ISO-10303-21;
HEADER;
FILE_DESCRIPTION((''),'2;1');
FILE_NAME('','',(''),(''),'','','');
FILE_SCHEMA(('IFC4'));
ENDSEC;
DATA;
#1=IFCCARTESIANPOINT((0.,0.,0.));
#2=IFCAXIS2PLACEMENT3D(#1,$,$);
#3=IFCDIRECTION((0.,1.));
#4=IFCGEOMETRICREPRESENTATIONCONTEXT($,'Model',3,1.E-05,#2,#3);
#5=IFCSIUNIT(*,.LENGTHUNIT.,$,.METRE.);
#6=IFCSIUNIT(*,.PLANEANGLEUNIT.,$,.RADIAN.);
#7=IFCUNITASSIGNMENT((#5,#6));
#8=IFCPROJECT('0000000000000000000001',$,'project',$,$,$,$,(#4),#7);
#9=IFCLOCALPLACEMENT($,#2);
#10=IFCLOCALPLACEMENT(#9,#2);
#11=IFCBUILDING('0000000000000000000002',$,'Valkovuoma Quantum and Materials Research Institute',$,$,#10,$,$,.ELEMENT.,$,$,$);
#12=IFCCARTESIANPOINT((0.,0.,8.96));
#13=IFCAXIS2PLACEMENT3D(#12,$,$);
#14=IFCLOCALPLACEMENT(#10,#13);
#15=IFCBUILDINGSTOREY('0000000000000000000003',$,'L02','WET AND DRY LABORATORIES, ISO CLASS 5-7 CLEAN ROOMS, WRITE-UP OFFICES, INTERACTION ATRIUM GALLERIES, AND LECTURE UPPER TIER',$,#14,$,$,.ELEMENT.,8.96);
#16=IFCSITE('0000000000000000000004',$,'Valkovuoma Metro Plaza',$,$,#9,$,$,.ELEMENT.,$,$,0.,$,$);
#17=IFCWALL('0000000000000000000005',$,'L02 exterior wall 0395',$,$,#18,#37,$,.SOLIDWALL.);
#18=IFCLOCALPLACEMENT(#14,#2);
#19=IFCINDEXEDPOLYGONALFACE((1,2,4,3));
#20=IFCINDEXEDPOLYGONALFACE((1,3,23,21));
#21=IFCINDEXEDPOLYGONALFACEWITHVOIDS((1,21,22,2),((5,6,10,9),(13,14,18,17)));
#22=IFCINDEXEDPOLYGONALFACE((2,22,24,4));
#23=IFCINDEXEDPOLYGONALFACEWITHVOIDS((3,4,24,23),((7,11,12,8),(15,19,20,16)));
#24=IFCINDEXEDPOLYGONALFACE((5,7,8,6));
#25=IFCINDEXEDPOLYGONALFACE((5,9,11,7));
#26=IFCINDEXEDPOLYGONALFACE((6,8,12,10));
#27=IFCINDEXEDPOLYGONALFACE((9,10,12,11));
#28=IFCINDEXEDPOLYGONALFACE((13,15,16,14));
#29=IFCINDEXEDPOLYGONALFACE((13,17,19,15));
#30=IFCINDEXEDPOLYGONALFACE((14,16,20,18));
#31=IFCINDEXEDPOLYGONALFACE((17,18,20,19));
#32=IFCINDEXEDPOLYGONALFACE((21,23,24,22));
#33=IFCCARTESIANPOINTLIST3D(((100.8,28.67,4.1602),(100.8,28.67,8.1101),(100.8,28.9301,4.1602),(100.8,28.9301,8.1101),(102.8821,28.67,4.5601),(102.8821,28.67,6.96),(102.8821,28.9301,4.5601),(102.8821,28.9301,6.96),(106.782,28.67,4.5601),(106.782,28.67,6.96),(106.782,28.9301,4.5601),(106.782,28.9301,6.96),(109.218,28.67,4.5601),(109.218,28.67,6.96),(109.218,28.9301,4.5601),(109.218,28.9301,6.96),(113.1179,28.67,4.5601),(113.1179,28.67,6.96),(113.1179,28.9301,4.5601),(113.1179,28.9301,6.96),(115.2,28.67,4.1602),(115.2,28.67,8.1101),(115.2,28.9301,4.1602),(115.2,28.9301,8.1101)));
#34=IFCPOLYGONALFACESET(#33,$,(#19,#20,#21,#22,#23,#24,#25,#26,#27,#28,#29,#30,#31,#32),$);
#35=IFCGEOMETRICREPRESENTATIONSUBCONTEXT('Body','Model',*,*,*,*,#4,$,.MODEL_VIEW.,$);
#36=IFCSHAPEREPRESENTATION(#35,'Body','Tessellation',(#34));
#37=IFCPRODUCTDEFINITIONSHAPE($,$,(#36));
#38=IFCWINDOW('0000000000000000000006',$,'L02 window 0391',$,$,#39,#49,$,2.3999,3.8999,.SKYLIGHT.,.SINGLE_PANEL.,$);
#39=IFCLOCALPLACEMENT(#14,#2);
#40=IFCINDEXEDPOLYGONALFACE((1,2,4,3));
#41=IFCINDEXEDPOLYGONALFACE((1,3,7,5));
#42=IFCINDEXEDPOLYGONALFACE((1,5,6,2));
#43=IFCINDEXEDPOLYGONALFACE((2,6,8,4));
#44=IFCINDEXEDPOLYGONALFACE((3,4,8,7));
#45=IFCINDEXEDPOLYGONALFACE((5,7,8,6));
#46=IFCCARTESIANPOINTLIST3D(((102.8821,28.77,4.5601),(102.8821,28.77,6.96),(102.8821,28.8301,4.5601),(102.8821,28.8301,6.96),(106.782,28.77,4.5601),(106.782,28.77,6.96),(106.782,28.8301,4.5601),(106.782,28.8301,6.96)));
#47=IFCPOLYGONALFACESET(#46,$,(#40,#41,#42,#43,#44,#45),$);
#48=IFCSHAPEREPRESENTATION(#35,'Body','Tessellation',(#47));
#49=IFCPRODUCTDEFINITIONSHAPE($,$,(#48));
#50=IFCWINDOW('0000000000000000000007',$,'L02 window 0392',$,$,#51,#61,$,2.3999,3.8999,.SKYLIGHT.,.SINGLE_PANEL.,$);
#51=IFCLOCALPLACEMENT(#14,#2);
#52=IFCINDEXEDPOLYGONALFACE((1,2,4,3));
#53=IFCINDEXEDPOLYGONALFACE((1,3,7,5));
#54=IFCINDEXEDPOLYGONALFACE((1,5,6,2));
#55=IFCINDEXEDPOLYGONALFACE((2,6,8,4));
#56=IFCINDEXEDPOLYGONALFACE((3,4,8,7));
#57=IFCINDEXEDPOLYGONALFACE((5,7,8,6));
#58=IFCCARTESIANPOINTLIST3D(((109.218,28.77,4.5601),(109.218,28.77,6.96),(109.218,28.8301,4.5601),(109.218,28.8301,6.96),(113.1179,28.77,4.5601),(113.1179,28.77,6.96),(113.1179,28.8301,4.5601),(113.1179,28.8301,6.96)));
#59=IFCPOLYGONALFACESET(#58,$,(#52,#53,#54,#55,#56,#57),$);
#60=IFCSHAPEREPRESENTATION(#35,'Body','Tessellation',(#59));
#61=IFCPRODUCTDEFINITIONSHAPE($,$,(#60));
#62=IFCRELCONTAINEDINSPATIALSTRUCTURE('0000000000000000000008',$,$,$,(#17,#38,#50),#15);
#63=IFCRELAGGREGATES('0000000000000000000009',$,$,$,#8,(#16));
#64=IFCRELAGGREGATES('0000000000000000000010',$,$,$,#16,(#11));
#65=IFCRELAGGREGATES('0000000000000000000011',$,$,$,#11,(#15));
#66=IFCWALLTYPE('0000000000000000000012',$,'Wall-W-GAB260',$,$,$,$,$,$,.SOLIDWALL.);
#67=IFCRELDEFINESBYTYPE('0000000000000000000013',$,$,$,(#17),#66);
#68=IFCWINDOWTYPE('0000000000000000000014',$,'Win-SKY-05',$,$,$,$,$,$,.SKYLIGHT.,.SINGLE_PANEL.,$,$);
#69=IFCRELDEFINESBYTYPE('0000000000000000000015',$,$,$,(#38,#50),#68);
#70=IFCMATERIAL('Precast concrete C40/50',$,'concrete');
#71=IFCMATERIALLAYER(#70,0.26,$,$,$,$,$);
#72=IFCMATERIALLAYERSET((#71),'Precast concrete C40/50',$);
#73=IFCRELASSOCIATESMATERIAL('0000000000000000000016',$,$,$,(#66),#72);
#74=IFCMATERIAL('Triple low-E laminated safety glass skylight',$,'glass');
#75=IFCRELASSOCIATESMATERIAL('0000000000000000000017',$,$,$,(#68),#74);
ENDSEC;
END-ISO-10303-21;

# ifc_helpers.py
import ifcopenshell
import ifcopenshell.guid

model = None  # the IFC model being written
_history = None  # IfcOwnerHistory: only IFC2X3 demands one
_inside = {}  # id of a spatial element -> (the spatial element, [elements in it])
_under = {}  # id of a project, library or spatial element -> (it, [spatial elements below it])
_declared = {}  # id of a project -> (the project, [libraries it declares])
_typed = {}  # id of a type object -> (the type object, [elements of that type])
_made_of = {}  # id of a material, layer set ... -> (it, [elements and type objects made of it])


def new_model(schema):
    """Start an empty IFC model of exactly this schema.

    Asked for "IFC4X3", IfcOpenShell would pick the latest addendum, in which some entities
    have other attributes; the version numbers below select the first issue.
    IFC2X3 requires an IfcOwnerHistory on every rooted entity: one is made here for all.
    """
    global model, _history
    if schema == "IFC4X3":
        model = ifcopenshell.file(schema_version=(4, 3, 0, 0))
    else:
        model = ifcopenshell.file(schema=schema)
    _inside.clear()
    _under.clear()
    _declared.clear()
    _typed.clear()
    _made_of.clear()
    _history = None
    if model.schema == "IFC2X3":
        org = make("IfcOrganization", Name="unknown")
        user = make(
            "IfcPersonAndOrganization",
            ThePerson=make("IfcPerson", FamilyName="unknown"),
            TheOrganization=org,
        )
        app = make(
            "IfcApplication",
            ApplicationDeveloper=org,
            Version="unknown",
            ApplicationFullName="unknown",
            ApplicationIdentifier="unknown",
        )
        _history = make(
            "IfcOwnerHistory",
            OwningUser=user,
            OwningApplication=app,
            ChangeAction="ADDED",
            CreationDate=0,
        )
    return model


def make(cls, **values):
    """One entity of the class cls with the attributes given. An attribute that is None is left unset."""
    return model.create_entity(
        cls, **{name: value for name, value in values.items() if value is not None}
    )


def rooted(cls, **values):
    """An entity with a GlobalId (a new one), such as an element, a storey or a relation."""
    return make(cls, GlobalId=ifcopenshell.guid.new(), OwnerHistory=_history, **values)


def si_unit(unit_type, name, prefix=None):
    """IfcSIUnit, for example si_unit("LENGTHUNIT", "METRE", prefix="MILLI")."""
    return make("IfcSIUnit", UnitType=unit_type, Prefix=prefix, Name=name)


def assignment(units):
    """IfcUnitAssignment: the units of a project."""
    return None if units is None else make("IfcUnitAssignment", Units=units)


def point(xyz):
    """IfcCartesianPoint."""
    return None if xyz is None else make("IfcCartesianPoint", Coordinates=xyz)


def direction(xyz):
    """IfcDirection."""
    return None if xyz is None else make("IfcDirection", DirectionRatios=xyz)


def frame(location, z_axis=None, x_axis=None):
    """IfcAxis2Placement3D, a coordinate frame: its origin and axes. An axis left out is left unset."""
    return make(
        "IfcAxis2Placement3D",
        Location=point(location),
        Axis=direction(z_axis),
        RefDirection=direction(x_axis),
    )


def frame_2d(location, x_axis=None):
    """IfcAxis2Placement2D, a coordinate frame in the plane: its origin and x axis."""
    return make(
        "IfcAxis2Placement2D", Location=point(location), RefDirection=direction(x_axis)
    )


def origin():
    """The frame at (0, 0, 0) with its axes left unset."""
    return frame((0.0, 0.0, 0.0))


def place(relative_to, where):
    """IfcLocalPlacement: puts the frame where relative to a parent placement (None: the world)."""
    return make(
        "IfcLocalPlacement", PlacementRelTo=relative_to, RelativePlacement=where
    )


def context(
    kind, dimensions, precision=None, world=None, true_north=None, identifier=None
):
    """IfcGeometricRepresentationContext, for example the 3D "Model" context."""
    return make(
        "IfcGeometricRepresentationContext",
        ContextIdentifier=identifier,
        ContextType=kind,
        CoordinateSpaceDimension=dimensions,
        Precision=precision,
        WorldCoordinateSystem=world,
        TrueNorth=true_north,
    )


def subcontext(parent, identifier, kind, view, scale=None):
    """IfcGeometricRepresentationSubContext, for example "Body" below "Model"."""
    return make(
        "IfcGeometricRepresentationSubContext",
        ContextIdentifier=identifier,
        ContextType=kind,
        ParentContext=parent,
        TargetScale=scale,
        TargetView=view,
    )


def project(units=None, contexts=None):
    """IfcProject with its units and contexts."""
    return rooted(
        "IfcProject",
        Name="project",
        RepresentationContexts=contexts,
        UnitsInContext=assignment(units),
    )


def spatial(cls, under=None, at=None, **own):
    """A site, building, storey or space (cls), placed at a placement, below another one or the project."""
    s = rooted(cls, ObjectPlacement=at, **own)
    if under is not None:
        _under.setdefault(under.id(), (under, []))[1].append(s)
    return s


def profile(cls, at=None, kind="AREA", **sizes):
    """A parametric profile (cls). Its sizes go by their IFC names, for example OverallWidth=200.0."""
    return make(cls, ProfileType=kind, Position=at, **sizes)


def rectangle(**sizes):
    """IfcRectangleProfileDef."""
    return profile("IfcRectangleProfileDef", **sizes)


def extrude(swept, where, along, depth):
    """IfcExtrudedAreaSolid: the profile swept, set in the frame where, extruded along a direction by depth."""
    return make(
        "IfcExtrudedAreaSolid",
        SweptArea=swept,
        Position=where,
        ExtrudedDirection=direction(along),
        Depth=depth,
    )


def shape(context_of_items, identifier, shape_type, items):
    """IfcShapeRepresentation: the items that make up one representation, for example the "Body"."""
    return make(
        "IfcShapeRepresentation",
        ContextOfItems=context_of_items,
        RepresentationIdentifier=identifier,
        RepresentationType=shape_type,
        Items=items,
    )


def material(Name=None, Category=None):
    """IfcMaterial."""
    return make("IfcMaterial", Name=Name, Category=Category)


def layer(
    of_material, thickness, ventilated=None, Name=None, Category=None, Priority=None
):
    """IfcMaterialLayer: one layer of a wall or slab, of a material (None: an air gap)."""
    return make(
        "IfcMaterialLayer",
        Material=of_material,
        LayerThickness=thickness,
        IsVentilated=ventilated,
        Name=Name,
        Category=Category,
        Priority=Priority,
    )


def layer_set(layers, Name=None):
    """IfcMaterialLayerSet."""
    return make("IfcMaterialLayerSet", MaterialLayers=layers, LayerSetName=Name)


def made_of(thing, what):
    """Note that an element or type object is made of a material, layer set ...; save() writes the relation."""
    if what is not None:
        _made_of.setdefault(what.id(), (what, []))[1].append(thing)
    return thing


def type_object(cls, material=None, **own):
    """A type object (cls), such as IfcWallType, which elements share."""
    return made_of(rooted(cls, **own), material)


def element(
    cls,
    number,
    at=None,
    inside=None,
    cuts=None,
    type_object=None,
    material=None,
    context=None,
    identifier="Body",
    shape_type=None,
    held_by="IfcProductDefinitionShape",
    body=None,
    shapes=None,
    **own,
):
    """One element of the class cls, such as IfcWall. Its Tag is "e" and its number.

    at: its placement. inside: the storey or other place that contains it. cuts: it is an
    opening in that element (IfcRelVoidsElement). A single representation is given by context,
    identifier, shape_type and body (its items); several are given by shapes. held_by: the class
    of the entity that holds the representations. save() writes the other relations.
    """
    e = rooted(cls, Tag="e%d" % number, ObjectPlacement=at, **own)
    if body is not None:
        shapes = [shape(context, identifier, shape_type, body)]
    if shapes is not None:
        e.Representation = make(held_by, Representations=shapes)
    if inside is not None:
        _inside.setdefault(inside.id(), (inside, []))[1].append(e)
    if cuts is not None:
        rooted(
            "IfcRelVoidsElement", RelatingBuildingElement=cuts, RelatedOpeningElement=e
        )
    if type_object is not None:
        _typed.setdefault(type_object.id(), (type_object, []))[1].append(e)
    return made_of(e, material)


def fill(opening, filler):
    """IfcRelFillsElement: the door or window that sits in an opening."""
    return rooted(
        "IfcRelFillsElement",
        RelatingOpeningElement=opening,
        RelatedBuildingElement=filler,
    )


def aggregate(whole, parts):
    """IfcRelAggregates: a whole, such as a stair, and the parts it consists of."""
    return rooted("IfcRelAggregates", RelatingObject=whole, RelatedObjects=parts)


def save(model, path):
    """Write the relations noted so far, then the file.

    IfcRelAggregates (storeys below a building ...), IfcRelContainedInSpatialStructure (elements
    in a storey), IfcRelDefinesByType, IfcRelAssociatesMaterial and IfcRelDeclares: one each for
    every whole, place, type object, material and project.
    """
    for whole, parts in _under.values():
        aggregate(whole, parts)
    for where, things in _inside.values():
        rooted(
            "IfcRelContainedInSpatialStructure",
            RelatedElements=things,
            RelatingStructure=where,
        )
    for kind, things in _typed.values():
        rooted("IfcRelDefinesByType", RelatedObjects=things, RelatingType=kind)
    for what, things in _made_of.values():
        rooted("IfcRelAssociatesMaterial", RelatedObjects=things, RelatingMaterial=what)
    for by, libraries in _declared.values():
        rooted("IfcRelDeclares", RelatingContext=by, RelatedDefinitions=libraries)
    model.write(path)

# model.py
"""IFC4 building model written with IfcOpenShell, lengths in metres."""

from ifc_helpers import new_model, si_unit, direction, frame, frame_2d, origin, place, context, subcontext, project, spatial, rectangle, extrude, material, layer, layer_set, type_object, element, fill, save


model = new_model("IFC4")

# Units and contexts
model_context = context("Model", 3, precision=1e-05, world=origin(), true_north=direction((0.0, 1.0)))
body_context = subcontext(model_context, "Body", "Model", "MODEL_VIEW")
ifc_project = project(units=[si_unit("LENGTHUNIT", "METRE"), si_unit("PLANEANGLEUNIT", "RADIAN")], contexts=[model_context])

# Site, building, storey
site_placement = place(None, origin())
site = spatial("IfcSite", under=ifc_project, at=site_placement, Name="Valkovuoma Metro Plaza", CompositionType="ELEMENT", RefElevation=0.0)
building_placement = place(site_placement, origin())
building = spatial("IfcBuilding", under=site, at=building_placement, Name="Valkovuoma Quantum and Materials Research Institute", CompositionType="ELEMENT")
storey_placement = place(building_placement, frame((0.0, 0.0, 8.96)))
storey = spatial("IfcBuildingStorey", under=building, at=storey_placement, Name="L02", Description="WET AND DRY LABORATORIES, ISO CLASS 5-7 CLEAN ROOMS, WRITE-UP OFFICES, INTERACTION ATRIUM GALLERIES, AND LECTURE UPPER TIER", CompositionType="ELEMENT", Elevation=8.96)

# Wall, openings, windows
ifc_material_1 = material(Name="Precast concrete C40/50", Category="concrete")
ifc_layer_1 = layer(ifc_material_1, 0.26)
ifc_layer_set_1 = layer_set([ifc_layer_1], Name="Precast concrete C40/50")
wall_type_1 = type_object("IfcWallType", Name="Wall-W-GAB260", PredefinedType="SOLIDWALL", material=ifc_layer_set_1)
wall_1_placement = place(storey_placement, frame((100.8, 28.8, 4.1602), z_axis=(0.0, 0.0, 1.0), x_axis=(1.0, 0.0, 0.0)))
wall_1 = element("IfcWall", 1, at=wall_1_placement, inside=storey, type_object=wall_type_1, Name="L02 exterior wall 0395", PredefinedType="SOLIDWALL", context=body_context, shape_type="SweptSolid", body=[
    extrude(rectangle(XDim=14.3999, YDim=0.26, at=frame_2d((7.2, 0.0))), origin(), (0.0, 0.0, 1.0), 3.95),
])
opening_1_placement = place(wall_1_placement, frame((2.082, 0.0, 0.3999)))
opening_1 = element("IfcOpeningElement", 2, at=opening_1_placement, cuts=wall_1, PredefinedType="OPENING", context=body_context, shape_type="SweptSolid", body=[
    extrude(rectangle(XDim=3.8999, YDim=2.3999, at=frame_2d((1.95, 1.2))), frame((0.0, 0.1401, 0.0), z_axis=(0.0, -1.0, 0.0), x_axis=(1.0, 0.0, 0.0)), (0.0, 0.0, 1.0), 0.28),
])
opening_2_placement = place(wall_1_placement, frame((8.418, 0.0, 0.3999)))
opening_2 = element("IfcOpeningElement", 3, at=opening_2_placement, cuts=wall_1, PredefinedType="OPENING", context=body_context, shape_type="SweptSolid", body=[
    extrude(rectangle(XDim=3.8999, YDim=2.3999, at=frame_2d((1.95, 1.2))), frame((0.0, 0.1401, 0.0), z_axis=(0.0, -1.0, 0.0), x_axis=(1.0, 0.0, 0.0)), (0.0, 0.0, 1.0), 0.28),
])
ifc_material_2 = material(Name="Triple low-E laminated safety glass skylight", Category="glass")
window_type_1 = type_object("IfcWindowType", Name="Win-SKY-05", PartitioningType="SINGLE_PANEL", PredefinedType="SKYLIGHT", material=ifc_material_2)
window_1_placement = place(opening_1_placement, origin())
window_1 = element("IfcWindow", 4, at=window_1_placement, inside=storey, type_object=window_type_1, Name="L02 window 0391", OverallHeight=2.3999, OverallWidth=3.8999, PartitioningType="SINGLE_PANEL", PredefinedType="SKYLIGHT", context=body_context, shape_type="SweptSolid", body=[
    extrude(rectangle(XDim=3.8999, YDim=2.3999, at=frame_2d((1.95, 1.2))), frame((0.0, 0.03, 0.0), z_axis=(0.0, -1.0, 0.0), x_axis=(1.0, 0.0, 0.0)), (0.0, 0.0, 1.0), 0.0601),
])
fill(opening_1, window_1)
window_2_placement = place(opening_2_placement, origin())
window_2 = element("IfcWindow", 5, at=window_2_placement, inside=storey, type_object=window_type_1, Name="L02 window 0392", OverallHeight=2.3999, OverallWidth=3.8999, PartitioningType="SINGLE_PANEL", PredefinedType="SKYLIGHT", context=body_context, shape_type="SweptSolid", body=[
    extrude(rectangle(XDim=3.8999, YDim=2.3999, at=frame_2d((1.95, 1.2))), frame((0.0, 0.03, 0.0), z_axis=(0.0, -1.0, 0.0), x_axis=(1.0, 0.0, 0.0)), (0.0, 0.0, 1.0), 0.0601),
])
fill(opening_2, window_2)

save(model, "model.ifc")
